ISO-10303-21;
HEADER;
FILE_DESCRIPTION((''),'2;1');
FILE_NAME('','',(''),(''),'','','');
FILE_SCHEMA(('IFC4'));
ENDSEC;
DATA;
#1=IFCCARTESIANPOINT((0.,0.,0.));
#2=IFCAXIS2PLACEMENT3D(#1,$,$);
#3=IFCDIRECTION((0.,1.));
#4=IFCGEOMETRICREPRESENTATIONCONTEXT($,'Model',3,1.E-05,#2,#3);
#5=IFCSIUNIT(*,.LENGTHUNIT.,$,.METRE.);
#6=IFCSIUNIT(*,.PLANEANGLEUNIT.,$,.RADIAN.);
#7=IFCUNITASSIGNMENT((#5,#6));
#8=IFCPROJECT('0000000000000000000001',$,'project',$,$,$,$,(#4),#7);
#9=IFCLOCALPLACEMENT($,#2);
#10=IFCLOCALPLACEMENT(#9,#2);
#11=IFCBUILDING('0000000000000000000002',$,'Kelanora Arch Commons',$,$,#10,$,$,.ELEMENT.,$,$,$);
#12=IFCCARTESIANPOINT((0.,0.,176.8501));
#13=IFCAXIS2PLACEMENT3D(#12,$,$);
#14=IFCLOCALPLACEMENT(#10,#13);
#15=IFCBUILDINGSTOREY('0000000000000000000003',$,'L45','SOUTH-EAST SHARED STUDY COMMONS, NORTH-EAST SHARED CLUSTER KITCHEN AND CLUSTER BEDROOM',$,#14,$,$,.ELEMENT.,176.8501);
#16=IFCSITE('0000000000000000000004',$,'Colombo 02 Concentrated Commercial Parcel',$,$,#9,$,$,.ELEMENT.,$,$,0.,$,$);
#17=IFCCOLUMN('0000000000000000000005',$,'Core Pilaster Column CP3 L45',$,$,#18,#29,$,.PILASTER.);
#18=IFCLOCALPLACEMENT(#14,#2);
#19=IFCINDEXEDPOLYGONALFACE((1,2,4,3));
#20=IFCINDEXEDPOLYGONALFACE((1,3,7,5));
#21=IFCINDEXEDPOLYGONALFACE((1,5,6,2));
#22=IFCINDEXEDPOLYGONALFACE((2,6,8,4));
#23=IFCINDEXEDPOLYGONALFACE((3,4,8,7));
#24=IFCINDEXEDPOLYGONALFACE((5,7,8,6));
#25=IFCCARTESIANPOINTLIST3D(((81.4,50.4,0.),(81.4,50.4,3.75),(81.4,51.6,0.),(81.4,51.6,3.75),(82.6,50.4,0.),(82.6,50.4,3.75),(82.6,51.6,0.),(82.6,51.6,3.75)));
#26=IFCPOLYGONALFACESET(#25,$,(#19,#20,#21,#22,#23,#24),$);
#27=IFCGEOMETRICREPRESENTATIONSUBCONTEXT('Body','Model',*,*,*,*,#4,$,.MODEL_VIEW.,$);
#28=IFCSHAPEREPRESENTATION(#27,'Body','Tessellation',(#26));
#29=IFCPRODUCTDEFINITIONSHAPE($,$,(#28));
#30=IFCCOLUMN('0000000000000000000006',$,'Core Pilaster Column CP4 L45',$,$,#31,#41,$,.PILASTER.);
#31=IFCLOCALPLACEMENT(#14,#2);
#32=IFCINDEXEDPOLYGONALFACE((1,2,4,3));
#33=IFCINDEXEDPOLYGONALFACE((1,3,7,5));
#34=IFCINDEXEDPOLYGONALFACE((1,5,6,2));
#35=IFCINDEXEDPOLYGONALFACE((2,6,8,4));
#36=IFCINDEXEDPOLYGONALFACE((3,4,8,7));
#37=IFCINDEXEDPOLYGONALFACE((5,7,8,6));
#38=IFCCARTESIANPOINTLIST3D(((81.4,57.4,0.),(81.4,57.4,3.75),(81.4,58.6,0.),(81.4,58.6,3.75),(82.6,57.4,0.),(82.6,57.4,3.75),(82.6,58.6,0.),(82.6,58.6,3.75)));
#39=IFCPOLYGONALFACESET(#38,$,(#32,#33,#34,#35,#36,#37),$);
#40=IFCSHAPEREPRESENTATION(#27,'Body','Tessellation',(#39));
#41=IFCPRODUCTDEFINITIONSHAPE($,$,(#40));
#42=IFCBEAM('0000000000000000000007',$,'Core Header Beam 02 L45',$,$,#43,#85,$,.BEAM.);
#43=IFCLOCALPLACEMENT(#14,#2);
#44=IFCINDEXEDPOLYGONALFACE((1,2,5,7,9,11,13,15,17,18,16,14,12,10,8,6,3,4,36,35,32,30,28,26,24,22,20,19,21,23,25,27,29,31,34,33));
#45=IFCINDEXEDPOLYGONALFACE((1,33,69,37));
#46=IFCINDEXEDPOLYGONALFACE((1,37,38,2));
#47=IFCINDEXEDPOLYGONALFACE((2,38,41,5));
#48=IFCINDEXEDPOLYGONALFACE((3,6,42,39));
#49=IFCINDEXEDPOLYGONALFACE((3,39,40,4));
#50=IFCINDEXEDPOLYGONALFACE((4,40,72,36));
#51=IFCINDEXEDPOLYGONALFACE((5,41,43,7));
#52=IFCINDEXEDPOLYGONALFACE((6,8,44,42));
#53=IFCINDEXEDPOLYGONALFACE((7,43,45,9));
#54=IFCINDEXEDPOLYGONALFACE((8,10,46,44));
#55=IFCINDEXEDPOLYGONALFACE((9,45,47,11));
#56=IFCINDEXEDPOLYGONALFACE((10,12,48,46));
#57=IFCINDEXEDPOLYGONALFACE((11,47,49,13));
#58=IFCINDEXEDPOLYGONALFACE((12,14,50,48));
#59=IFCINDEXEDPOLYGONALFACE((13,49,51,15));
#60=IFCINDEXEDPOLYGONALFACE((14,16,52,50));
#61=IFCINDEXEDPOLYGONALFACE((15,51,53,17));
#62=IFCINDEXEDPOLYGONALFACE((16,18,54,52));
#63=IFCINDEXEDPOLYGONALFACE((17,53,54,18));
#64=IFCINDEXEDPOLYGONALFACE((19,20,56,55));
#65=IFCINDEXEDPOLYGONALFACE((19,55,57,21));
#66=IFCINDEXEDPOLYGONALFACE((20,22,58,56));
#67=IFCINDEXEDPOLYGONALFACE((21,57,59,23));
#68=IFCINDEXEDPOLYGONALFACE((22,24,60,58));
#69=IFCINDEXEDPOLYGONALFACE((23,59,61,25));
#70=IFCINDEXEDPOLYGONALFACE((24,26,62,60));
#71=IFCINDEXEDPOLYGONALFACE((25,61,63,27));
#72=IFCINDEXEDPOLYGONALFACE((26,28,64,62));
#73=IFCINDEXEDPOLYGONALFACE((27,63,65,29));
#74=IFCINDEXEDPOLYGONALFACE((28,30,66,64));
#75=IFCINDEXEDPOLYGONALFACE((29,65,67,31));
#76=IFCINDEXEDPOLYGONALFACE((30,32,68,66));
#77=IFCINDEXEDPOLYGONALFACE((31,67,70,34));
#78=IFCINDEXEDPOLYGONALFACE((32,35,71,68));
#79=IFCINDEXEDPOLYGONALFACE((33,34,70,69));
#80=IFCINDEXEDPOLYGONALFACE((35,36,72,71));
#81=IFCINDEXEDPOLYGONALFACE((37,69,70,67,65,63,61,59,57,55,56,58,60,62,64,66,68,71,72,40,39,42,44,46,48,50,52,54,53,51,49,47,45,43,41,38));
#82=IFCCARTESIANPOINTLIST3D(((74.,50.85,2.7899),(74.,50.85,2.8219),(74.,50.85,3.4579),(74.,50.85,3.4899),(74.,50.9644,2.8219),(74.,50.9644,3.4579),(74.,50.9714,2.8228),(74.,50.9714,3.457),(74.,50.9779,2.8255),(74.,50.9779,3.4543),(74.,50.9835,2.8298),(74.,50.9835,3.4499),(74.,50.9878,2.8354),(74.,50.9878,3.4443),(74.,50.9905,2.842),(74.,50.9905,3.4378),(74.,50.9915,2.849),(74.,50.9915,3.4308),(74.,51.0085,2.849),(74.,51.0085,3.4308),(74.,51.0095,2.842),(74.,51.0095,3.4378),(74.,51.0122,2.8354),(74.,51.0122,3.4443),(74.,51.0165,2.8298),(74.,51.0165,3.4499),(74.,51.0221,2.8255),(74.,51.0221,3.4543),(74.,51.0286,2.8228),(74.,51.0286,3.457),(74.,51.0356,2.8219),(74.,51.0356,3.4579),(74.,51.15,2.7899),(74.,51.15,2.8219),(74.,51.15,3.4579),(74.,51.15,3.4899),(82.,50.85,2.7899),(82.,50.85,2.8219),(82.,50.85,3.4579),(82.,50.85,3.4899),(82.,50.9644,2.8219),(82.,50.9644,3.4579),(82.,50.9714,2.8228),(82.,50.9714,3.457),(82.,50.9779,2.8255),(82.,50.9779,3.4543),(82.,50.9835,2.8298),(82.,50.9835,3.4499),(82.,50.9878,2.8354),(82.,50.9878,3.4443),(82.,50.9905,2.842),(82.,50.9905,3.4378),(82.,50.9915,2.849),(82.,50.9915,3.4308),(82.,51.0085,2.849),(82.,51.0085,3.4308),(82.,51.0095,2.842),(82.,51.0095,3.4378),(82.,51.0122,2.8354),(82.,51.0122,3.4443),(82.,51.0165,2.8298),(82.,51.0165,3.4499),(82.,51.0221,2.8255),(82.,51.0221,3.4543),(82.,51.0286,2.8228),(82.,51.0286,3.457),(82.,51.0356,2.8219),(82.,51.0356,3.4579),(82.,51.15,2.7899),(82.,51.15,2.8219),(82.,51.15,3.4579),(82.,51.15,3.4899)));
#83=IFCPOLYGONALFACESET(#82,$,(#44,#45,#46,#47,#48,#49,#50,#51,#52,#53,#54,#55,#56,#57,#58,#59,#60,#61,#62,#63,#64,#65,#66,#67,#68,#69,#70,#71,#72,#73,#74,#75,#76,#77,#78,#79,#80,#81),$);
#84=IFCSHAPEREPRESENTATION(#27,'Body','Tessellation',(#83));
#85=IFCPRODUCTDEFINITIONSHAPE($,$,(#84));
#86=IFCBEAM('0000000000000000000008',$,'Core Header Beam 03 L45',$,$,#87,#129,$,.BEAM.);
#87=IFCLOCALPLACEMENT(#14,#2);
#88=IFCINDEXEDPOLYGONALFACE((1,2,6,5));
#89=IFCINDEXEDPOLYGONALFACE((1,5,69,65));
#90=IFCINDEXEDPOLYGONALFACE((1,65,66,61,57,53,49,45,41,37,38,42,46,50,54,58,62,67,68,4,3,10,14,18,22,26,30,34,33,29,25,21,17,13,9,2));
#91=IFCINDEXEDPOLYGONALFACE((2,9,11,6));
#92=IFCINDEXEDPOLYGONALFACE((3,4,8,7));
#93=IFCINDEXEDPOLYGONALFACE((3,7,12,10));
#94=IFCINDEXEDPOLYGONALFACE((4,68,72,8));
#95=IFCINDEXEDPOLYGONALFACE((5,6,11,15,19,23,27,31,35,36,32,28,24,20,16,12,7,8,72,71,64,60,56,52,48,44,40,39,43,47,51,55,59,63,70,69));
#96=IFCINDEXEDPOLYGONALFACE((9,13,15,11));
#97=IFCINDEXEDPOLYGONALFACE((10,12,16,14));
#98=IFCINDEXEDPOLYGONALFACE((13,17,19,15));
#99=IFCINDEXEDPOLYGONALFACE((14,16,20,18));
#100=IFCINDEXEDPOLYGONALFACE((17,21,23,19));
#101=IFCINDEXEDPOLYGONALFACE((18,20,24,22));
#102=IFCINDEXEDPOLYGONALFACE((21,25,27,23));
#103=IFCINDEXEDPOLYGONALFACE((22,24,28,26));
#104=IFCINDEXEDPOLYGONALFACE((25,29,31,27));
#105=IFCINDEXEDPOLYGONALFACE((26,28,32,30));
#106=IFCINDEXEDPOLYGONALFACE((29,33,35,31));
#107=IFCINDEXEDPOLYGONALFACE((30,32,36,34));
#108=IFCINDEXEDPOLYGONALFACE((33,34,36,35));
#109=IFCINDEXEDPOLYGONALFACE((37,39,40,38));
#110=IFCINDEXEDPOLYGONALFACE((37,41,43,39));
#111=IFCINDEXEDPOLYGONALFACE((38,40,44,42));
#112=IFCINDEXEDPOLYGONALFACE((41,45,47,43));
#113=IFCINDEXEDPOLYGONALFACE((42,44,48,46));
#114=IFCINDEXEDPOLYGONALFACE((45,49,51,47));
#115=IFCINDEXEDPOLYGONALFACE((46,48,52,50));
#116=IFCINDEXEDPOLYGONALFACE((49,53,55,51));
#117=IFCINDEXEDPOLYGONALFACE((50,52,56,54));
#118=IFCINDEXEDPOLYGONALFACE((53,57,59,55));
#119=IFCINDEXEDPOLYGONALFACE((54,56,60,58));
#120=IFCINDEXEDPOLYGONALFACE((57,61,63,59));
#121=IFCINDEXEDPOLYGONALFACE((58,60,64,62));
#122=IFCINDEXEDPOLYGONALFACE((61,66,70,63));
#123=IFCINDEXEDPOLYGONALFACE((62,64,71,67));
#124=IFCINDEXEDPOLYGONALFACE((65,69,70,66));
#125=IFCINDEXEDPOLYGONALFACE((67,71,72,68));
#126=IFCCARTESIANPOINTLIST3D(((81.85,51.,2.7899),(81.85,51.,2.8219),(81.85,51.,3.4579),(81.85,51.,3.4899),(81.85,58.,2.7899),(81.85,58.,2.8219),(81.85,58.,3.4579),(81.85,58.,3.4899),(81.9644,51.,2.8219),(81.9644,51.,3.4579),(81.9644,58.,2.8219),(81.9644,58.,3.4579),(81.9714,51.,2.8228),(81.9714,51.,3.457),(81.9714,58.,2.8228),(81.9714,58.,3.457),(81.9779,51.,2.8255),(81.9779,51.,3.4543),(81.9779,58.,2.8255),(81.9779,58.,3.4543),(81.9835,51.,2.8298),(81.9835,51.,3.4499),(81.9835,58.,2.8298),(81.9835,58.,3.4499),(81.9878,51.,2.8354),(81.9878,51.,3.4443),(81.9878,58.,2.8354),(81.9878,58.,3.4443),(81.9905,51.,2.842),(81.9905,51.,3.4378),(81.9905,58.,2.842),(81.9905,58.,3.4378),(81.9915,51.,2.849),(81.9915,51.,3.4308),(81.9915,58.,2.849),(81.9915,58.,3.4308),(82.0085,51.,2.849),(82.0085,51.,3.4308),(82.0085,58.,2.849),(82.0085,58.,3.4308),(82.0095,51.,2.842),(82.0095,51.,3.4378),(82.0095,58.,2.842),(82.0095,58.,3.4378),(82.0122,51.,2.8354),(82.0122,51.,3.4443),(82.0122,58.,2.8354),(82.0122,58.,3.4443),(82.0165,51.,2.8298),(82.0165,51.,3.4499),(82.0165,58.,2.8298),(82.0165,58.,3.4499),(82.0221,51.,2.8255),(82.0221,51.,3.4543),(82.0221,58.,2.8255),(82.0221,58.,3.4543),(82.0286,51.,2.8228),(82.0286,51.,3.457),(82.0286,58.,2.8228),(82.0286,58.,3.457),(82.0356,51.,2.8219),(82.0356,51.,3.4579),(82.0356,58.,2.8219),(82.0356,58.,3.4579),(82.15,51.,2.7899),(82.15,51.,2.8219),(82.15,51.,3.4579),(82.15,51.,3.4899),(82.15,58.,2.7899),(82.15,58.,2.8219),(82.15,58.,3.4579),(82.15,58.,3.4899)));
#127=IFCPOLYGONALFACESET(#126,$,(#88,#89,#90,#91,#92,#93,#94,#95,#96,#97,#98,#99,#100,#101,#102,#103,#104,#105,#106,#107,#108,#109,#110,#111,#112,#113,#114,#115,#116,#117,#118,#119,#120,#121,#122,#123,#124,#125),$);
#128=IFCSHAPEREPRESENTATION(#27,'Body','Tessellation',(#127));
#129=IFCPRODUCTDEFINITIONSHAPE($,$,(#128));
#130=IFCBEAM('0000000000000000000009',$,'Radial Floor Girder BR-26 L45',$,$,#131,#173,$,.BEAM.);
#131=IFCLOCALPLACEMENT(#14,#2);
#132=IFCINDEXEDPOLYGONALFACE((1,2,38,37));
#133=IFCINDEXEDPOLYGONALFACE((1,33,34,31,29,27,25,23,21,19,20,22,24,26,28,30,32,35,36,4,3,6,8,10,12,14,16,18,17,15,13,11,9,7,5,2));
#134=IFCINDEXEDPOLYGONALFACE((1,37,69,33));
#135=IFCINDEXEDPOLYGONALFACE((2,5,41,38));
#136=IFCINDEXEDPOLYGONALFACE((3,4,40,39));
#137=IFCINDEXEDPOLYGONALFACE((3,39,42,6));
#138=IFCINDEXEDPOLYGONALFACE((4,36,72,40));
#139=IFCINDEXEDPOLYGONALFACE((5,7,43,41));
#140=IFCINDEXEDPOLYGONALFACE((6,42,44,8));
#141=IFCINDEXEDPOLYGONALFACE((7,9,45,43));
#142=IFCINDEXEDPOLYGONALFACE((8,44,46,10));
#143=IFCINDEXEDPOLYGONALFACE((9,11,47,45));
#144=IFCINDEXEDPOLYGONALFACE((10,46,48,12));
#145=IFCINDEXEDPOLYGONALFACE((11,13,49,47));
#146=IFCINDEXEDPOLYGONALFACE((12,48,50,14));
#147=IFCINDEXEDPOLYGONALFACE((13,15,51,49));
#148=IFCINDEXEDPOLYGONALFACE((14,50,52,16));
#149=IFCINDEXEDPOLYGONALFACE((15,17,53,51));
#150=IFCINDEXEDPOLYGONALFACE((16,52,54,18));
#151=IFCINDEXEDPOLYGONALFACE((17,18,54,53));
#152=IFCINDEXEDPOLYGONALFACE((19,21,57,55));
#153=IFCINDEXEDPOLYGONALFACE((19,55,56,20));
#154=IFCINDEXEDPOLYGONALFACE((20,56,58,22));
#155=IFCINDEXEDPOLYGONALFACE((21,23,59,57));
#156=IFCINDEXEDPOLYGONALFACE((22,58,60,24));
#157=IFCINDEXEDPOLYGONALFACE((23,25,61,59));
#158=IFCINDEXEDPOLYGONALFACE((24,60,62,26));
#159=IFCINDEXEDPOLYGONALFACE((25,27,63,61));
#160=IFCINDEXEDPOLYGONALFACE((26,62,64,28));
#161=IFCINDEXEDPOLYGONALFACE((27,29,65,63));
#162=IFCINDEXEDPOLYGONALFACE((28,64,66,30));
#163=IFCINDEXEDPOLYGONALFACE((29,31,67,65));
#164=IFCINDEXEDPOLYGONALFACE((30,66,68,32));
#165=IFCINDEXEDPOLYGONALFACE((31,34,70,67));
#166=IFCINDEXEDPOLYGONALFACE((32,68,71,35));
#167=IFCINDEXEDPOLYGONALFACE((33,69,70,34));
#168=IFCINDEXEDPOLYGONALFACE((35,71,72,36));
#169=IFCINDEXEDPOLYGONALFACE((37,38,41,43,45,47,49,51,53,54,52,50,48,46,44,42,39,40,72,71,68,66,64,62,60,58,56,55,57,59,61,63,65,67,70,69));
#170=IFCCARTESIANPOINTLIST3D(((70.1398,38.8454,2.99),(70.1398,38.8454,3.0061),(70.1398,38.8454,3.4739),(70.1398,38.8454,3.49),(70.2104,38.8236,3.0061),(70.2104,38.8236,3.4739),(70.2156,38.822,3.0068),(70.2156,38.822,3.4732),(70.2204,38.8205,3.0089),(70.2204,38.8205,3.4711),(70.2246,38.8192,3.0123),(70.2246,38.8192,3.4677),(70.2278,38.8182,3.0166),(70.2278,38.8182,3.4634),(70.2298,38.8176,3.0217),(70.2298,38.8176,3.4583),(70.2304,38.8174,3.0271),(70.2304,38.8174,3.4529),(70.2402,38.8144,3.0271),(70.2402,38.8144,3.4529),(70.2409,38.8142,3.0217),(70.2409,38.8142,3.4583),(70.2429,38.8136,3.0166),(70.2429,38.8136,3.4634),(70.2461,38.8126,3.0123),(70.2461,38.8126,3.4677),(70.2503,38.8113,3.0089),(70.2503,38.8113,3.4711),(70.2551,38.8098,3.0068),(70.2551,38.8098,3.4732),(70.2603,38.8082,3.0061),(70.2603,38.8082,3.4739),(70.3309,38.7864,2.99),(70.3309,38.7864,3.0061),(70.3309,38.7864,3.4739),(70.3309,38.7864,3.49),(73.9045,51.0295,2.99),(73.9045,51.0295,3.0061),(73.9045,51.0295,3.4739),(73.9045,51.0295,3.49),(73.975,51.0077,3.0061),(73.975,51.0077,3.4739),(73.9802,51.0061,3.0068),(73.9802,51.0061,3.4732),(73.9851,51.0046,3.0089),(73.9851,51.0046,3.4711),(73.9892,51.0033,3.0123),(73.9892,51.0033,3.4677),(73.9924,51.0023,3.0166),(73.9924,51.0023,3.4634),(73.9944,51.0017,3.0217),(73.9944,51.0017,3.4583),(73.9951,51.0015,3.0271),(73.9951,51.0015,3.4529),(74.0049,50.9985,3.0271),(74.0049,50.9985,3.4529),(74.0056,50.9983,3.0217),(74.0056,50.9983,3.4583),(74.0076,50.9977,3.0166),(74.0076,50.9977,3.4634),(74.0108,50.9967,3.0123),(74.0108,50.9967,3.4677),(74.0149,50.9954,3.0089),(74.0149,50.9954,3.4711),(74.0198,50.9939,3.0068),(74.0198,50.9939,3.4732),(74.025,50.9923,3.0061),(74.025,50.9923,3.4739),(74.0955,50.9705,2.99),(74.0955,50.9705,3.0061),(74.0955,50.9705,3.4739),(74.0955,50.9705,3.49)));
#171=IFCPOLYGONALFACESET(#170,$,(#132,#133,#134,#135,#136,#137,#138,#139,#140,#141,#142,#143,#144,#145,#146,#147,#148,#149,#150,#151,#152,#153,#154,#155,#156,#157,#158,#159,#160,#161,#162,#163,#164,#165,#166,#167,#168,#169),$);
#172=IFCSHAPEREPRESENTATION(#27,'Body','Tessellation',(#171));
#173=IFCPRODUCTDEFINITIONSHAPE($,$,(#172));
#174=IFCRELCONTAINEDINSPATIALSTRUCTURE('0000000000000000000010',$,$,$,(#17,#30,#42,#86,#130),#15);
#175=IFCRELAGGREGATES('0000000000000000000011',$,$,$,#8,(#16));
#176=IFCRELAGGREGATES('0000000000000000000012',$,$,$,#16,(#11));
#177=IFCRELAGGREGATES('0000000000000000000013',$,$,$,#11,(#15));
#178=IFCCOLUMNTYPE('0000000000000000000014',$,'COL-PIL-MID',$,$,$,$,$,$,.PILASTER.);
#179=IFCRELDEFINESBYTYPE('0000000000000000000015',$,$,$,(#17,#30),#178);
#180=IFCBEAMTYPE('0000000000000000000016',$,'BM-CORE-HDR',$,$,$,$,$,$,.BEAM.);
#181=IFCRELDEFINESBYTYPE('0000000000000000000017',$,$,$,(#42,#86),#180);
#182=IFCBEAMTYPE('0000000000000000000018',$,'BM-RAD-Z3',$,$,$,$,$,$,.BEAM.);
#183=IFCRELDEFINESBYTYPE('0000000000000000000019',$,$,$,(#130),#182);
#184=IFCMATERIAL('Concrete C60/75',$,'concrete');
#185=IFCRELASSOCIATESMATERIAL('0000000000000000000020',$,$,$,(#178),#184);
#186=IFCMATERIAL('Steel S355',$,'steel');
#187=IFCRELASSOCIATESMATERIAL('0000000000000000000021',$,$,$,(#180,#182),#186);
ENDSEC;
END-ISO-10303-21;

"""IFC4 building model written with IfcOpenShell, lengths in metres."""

from ifc_helpers import new_model, si_unit, direction, frame, origin, origin_2d, place, context, subcontext, project, spatial, rectangle, i_section, extrude, material, material_profile, profile_set, type_object, element, save


model = new_model("IFC4")

# Units and contexts
model_context = context("Model", 3, precision=1e-05, world=origin(), true_north=direction((0.0, 1.0)))
body_context = subcontext(model_context, "Body", "Model", "MODEL_VIEW")
ifc_project = project(units=[si_unit("LENGTHUNIT", "METRE"), si_unit("PLANEANGLEUNIT", "RADIAN")], contexts=[model_context])

# Site, building, storey
site_placement = place(None, origin())
site = spatial("IfcSite", under=ifc_project, at=site_placement, Name="Colombo 02 Concentrated Commercial Parcel", CompositionType="ELEMENT", RefElevation=0.0)
building_placement = place(site_placement, origin())
building = spatial("IfcBuilding", under=site, at=building_placement, Name="Kelanora Arch Commons", CompositionType="ELEMENT")
storey_placement = place(building_placement, frame((0.0, 0.0, 176.8501)))
storey = spatial("IfcBuildingStorey", under=building, at=storey_placement, Name="L45", Description="SOUTH-EAST SHARED STUDY COMMONS, NORTH-EAST SHARED CLUSTER KITCHEN AND CLUSTER BEDROOM", CompositionType="ELEMENT", Elevation=176.8501)

# Columns
ifc_material_1 = material(Name="Concrete C60/75", Category="concrete")
ifc_material_profile_1 = material_profile(ifc_material_1, rectangle(XDim=1.2, YDim=1.2, at=origin_2d()), Name="RC1200x1200")
ifc_profile_set_1 = profile_set([ifc_material_profile_1], Name="Concrete C60/75")
column_type = type_object("IfcColumnType", Name="COL-PIL-MID", PredefinedType="PILASTER", material=ifc_profile_set_1)
for number, where, z_axis, x_axis, name in (
    (1, (82.0, 51.0, 0.0), (0.0, 0.0, 1.0), (1.0, 0.0, 0.0), "Core Pilaster Column CP3 L45"),
    (2, (82.0, 58.0, 0.0), (0.0, 0.0, 1.0), (1.0, 0.0, 0.0), "Core Pilaster Column CP4 L45"),
):
    element("IfcColumn", number, at=place(storey_placement, frame(where, z_axis=z_axis, x_axis=x_axis)), inside=storey, type_object=column_type, Name=name, PredefinedType="PILASTER", context=body_context, shape_type="SweptSolid", body=[
        extrude(rectangle(XDim=1.2, YDim=1.2, at=origin_2d()), origin(), (0.0, 0.0, 1.0), 3.75),
    ])

# Beams
ifc_material_2 = material(Name="Steel S355", Category="steel")
ifc_material_profile_2 = material_profile(ifc_material_2, i_section(OverallWidth=0.3, OverallDepth=0.7, WebThickness=0.0171, FlangeThickness=0.032, FilletRadius=0.0271, at=origin_2d()), Name="HEB700")
ifc_profile_set_2 = profile_set([ifc_material_profile_2], Name="Steel S355")
beam_type_1 = type_object("IfcBeamType", Name="BM-CORE-HDR", PredefinedType="BEAM", material=ifc_profile_set_2)
beam_1_placement = place(storey_placement, frame((74.0, 51.0, 3.1399), z_axis=(1.0, 0.0, 0.0), x_axis=(0.0, 1.0, 0.0)))
element("IfcBeam", 3, at=beam_1_placement, inside=storey, type_object=beam_type_1, Name="Core Header Beam 02 L45", PredefinedType="BEAM", context=body_context, shape_type="SweptSolid", body=[
    extrude(i_section(OverallWidth=0.3, OverallDepth=0.7, WebThickness=0.0171, FlangeThickness=0.032, FilletRadius=0.0271, at=origin_2d()), origin(), (0.0, 0.0, 1.0), 8.0),
])
beam_2_placement = place(storey_placement, frame((82.0, 51.0, 3.1399), z_axis=(0.0, 1.0, 0.0), x_axis=(-1.0, 0.0, 0.0)))
element("IfcBeam", 4, at=beam_2_placement, inside=storey, type_object=beam_type_1, Name="Core Header Beam 03 L45", PredefinedType="BEAM", context=body_context, shape_type="SweptSolid", body=[
    extrude(i_section(OverallWidth=0.3, OverallDepth=0.7, WebThickness=0.0171, FlangeThickness=0.032, FilletRadius=0.0271, at=origin_2d()), origin(), (0.0, 0.0, 1.0), 7.0),
])
ifc_material_profile_3 = material_profile(ifc_material_2, i_section(OverallWidth=0.2, OverallDepth=0.5, WebThickness=0.0103, FlangeThickness=0.0161, FilletRadius=0.021, at=origin_2d()), Name="IPE500")
ifc_profile_set_3 = profile_set([ifc_material_profile_3], Name="Steel S355")
beam_type_2 = type_object("IfcBeamType", Name="BM-RAD-Z3", PredefinedType="BEAM", material=ifc_profile_set_3)
for number, where, z_axis, x_axis, name in (
    (5, (74.0, 51.0, 3.24), (-0.29521, -0.955432, 0.0), (0.955432, -0.29521, 0.0), "Radial Floor Girder BR-26 L45"),
):
    element("IfcBeam", number, at=place(storey_placement, frame(where, z_axis=z_axis, x_axis=x_axis)), inside=storey, type_object=beam_type_2, Name=name, PredefinedType="BEAM", context=body_context, shape_type="SweptSolid", body=[
        extrude(i_section(OverallWidth=0.2, OverallDepth=0.5, WebThickness=0.0103, FlangeThickness=0.0161, FilletRadius=0.021, at=origin_2d()), origin(), (0.0, 0.0, 1.0), 12.7524),
    ])

save(model, "model.ifc")
